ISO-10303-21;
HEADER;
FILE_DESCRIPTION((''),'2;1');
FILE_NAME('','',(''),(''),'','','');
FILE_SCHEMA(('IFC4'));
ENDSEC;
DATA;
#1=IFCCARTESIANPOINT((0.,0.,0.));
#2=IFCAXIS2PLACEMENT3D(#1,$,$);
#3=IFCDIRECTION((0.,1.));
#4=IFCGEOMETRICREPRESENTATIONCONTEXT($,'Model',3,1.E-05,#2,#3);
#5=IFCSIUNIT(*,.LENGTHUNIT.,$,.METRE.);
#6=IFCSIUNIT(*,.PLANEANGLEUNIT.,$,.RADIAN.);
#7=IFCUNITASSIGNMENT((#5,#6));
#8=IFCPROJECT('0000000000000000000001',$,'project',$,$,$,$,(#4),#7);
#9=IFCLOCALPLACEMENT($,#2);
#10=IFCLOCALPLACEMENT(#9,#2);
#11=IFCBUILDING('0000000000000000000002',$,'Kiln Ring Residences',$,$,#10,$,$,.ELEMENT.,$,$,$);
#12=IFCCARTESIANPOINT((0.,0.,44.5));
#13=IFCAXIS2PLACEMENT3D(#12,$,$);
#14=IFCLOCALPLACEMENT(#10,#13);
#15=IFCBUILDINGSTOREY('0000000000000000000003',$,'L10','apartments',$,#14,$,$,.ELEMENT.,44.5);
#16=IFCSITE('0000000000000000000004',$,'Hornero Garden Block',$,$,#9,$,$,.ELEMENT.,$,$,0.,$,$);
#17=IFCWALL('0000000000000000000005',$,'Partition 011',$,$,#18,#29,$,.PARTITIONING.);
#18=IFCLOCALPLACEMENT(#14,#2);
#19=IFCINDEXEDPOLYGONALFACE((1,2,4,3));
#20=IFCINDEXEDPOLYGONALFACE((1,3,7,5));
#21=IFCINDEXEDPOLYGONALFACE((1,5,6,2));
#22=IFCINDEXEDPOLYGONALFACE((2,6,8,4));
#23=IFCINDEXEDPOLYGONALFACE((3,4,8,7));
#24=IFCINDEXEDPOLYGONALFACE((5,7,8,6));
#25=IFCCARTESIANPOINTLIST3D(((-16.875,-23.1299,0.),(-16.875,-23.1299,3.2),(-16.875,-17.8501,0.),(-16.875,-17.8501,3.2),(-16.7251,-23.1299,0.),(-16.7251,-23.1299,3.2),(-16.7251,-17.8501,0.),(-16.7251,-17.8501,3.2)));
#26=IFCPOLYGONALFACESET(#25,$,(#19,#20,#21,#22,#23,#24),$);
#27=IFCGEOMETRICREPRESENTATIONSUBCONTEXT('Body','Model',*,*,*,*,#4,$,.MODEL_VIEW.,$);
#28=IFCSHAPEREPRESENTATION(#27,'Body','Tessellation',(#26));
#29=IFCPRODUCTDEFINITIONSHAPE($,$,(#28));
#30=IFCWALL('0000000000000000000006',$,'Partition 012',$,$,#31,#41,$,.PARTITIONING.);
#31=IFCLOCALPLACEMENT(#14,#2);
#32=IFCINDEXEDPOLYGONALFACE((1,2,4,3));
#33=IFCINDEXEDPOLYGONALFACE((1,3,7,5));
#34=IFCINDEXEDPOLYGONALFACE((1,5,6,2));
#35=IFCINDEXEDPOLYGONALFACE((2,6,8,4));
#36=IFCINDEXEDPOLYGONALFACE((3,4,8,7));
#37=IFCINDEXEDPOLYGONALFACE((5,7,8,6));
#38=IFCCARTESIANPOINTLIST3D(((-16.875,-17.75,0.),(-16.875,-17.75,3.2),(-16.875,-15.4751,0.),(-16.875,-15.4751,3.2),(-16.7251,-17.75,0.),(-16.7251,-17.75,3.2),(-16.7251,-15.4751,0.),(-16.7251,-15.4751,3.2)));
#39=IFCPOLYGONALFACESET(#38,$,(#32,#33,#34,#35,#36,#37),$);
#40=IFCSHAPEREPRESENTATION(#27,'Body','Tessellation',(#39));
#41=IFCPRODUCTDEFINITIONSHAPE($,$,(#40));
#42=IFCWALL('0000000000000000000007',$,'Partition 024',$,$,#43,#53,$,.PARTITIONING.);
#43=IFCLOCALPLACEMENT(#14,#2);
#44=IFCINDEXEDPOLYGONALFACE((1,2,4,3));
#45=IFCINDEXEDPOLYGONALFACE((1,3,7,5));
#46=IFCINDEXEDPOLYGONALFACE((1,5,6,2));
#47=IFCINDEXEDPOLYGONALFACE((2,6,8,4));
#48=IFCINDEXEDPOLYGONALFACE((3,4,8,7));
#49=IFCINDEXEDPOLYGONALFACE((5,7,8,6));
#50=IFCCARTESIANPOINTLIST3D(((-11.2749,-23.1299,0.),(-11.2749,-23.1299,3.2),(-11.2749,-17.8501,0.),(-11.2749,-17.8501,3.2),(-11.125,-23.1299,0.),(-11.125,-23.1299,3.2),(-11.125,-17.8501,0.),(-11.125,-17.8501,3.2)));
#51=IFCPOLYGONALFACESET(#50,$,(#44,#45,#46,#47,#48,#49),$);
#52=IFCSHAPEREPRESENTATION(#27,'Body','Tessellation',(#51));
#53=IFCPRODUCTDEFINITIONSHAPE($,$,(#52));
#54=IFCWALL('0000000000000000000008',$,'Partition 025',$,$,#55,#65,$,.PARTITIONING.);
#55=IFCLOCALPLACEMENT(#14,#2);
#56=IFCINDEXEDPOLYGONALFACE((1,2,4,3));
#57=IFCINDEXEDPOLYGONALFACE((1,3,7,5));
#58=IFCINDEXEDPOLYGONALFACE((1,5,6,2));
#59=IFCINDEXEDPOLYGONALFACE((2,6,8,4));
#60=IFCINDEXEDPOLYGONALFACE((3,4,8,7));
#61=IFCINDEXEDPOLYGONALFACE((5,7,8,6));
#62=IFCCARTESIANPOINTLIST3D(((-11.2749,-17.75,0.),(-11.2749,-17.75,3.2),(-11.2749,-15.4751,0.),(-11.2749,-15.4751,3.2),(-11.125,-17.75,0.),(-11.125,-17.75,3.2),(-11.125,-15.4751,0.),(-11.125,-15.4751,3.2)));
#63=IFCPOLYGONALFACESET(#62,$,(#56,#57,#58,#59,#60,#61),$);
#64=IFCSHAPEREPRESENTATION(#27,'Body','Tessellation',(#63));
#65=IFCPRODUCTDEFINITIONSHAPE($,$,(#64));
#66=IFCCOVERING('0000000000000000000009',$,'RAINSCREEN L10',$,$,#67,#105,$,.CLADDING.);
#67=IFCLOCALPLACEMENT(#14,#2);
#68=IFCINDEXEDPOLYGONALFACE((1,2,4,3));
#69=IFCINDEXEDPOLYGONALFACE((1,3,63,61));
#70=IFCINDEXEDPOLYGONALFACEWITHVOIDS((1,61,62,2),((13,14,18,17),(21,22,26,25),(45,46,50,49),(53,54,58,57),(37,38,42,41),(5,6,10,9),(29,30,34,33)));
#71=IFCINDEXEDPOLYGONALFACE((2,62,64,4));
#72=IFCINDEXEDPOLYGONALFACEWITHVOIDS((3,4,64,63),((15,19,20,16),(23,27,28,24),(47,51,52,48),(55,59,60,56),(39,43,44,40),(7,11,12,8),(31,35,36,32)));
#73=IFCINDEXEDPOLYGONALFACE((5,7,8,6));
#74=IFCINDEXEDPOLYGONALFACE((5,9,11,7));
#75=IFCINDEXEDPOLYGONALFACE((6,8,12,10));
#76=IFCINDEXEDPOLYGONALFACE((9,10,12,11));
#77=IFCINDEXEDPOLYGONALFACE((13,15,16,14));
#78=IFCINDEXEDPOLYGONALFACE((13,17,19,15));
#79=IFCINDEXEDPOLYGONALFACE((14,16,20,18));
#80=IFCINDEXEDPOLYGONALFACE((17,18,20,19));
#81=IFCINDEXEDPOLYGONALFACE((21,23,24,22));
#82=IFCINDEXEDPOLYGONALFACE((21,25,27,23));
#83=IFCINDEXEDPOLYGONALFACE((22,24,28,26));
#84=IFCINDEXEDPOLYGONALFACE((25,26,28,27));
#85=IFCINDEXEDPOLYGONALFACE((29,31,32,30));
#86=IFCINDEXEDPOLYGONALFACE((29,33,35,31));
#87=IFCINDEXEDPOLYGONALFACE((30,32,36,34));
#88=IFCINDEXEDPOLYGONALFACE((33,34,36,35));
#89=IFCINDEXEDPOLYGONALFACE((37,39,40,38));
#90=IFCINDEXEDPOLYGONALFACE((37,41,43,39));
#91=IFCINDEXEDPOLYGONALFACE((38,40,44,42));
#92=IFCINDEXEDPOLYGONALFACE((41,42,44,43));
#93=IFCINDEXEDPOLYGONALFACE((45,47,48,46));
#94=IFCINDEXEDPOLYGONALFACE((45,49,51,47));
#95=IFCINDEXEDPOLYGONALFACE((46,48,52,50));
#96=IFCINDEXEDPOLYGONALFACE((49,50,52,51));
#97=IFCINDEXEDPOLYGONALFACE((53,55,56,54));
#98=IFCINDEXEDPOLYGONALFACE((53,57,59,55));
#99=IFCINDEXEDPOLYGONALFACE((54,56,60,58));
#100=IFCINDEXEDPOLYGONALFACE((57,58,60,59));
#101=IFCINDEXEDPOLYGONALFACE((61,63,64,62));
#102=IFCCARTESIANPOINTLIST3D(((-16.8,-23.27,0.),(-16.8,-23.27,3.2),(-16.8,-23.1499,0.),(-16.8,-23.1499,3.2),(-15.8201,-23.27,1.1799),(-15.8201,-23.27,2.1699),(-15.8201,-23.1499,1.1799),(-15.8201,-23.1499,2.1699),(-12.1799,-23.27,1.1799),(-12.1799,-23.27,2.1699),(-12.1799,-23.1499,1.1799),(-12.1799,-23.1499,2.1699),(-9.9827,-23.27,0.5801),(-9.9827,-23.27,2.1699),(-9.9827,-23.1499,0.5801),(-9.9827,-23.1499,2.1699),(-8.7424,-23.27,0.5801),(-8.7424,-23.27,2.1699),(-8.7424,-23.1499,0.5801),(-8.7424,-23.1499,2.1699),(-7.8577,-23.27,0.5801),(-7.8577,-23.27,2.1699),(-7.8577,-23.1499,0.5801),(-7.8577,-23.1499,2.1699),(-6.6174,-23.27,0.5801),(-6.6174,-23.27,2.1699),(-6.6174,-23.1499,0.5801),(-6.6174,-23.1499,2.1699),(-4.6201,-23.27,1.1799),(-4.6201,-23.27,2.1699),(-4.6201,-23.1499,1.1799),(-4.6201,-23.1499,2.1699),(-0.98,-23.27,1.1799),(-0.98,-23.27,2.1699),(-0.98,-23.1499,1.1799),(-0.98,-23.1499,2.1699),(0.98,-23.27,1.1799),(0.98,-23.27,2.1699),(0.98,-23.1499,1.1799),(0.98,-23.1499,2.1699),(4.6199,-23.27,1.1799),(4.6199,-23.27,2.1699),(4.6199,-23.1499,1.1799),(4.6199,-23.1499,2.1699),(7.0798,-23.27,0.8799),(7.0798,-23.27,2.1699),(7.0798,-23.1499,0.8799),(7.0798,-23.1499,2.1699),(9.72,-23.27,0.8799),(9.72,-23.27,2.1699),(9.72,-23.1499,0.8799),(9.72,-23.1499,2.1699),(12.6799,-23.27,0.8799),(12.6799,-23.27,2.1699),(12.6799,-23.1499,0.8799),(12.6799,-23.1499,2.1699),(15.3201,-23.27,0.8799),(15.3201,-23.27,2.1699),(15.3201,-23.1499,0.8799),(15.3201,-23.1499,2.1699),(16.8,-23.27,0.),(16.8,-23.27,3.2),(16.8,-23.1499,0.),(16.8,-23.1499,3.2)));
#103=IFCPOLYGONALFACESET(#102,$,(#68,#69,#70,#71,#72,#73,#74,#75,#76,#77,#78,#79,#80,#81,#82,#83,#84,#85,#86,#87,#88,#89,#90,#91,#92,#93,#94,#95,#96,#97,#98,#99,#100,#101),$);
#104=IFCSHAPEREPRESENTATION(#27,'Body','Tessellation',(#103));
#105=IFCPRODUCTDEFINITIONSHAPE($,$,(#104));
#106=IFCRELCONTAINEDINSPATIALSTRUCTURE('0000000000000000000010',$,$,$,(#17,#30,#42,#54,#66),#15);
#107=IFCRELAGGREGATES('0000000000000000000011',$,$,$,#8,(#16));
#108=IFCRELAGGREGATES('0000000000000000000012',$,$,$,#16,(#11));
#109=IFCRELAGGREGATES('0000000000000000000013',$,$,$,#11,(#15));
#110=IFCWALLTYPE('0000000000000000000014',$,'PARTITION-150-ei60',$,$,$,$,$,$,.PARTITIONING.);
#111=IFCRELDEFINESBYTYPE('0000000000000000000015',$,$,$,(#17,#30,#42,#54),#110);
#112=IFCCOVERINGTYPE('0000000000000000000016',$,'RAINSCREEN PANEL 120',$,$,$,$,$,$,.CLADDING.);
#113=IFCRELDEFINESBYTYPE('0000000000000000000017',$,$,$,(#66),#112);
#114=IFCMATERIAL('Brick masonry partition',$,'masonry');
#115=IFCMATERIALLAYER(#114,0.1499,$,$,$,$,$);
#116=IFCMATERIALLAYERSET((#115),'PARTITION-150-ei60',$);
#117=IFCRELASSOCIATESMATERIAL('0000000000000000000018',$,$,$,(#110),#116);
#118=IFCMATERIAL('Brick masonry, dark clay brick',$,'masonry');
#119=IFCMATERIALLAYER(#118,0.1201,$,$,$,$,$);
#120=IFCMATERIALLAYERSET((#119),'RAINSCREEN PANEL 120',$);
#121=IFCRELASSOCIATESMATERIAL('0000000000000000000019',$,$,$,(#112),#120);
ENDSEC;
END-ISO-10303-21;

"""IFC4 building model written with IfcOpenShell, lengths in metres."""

from ifc_helpers import new_model, si_unit, direction, frame, frame_2d, origin, place, context, subcontext, project, spatial, polyline, rectangle, outline, extrude, material, layer, layer_set, type_object, element, save


model = new_model("IFC4")

# Units and contexts
model_context = context("Model", 3, precision=1e-05, world=origin(), true_north=direction((0.0, 1.0)))
body_context = subcontext(model_context, "Body", "Model", "MODEL_VIEW")
ifc_project = project(units=[si_unit("LENGTHUNIT", "METRE"), si_unit("PLANEANGLEUNIT", "RADIAN")], contexts=[model_context])

# Site, building, storey
site_placement = place(None, origin())
site = spatial("IfcSite", under=ifc_project, at=site_placement, Name="Hornero Garden Block", CompositionType="ELEMENT", RefElevation=0.0)
building_placement = place(site_placement, origin())
building = spatial("IfcBuilding", under=site, at=building_placement, Name="Kiln Ring Residences", CompositionType="ELEMENT")
storey_placement = place(building_placement, frame((0.0, 0.0, 44.5)))
storey = spatial("IfcBuildingStorey", under=building, at=storey_placement, Name="L10", Description="apartments", CompositionType="ELEMENT", Elevation=44.5)

# Walls
ifc_material_1 = material(Name="Brick masonry partition", Category="masonry")
ifc_layer_1 = layer(ifc_material_1, 0.1499)
ifc_layer_set_1 = layer_set([ifc_layer_1], Name="PARTITION-150-ei60")
wall_type_1 = type_object("IfcWallType", Name="PARTITION-150-ei60", PredefinedType="PARTITIONING", material=ifc_layer_set_1)
wall_1_placement = place(storey_placement, frame((-16.8, -23.1299, 0.0), z_axis=(0.0, 0.0, 1.0), x_axis=(0.0, 1.0, 0.0)))
element("IfcWall", 1, at=wall_1_placement, inside=storey, type_object=wall_type_1, Name="Partition 011", PredefinedType="PARTITIONING", context=body_context, shape_type="SweptSolid", body=[
    extrude(rectangle(XDim=5.2798, YDim=0.1499, at=frame_2d((2.6399, 0.0))), origin(), (0.0, 0.0, 1.0), 3.2),
])
wall_2_placement = place(storey_placement, frame((-16.8, -17.75, 0.0), z_axis=(0.0, 0.0, 1.0), x_axis=(0.0, 1.0, 0.0)))
element("IfcWall", 2, at=wall_2_placement, inside=storey, type_object=wall_type_1, Name="Partition 012", PredefinedType="PARTITIONING", context=body_context, shape_type="SweptSolid", body=[
    extrude(rectangle(XDim=2.2749, YDim=0.1499, at=frame_2d((1.1375, 0.0))), origin(), (0.0, 0.0, 1.0), 3.2),
])
wall_3_placement = place(storey_placement, frame((-11.2, -23.1299, 0.0), z_axis=(0.0, 0.0, 1.0), x_axis=(0.0, 1.0, 0.0)))
element("IfcWall", 3, at=wall_3_placement, inside=storey, type_object=wall_type_1, Name="Partition 024", PredefinedType="PARTITIONING", context=body_context, shape_type="SweptSolid", body=[
    extrude(rectangle(XDim=5.2798, YDim=0.1499, at=frame_2d((2.6399, 0.0))), origin(), (0.0, 0.0, 1.0), 3.2),
])
wall_4_placement = place(storey_placement, frame((-11.2, -17.75, 0.0), z_axis=(0.0, 0.0, 1.0), x_axis=(0.0, 1.0, 0.0)))
element("IfcWall", 4, at=wall_4_placement, inside=storey, type_object=wall_type_1, Name="Partition 025", PredefinedType="PARTITIONING", context=body_context, shape_type="SweptSolid", body=[
    extrude(rectangle(XDim=2.2749, YDim=0.1499, at=frame_2d((1.1375, 0.0))), origin(), (0.0, 0.0, 1.0), 3.2),
])

# Covering
ifc_material_2 = material(Name="Brick masonry, dark clay brick", Category="masonry")
ifc_layer_2 = layer(ifc_material_2, 0.1201)
ifc_layer_set_2 = layer_set([ifc_layer_2], Name="RAINSCREEN PANEL 120")
covering_type = type_object("IfcCoveringType", Name="RAINSCREEN PANEL 120", PredefinedType="CLADDING", material=ifc_layer_set_2)
covering_placement = place(storey_placement, frame((-16.8, -23.21, 0.0), z_axis=(0.0, 0.0, 1.0), x_axis=(1.0, 0.0, 0.0)))
element("IfcCovering", 5, at=covering_placement, inside=storey, type_object=covering_type, Name="RAINSCREEN L10", PredefinedType="CLADDING", context=body_context, shape_type="SweptSolid", body=[
    extrude(outline(polyline([(0.0, 0.0), (33.6001, 0.0), (33.6001, 3.2), (0.0, 3.2), (0.0, 0.0)]), holes=[polyline([(8.0576, 0.5801), (8.0576, 2.1699), (6.8174, 2.1699), (6.8174, 0.5801), (8.0576, 0.5801)]), polyline([(8.9424, 0.5801), (10.1826, 0.5801), (10.1826, 2.1699), (8.9424, 2.1699), (8.9424, 0.5801)]), polyline([(23.8799, 0.8799), (26.52, 0.8799), (26.52, 2.1699), (23.8799, 2.1699), (23.8799, 0.8799)]), polyline([(29.48, 0.8799), (32.1201, 0.8799), (32.1201, 2.1699), (29.48, 2.1699), (29.48, 0.8799)]), polyline([(0.98, 1.1799), (4.6201, 1.1799), (4.6201, 2.1699), (0.98, 2.1699), (0.98, 1.1799)]), polyline([(12.1799, 1.1799), (15.8201, 1.1799), (15.8201, 2.1699), (12.1799, 2.1699), (12.1799, 1.1799)]), polyline([(17.78, 1.1799), (21.4199, 1.1799), (21.4199, 2.1699), (17.78, 2.1699), (17.78, 1.1799)])]), frame((0.0, 0.0601, 0.0), z_axis=(0.0, -1.0, 0.0), x_axis=(1.0, 0.0, 0.0)), (0.0, 0.0, 1.0), 0.1201),
])

save(model, "model.ifc")
